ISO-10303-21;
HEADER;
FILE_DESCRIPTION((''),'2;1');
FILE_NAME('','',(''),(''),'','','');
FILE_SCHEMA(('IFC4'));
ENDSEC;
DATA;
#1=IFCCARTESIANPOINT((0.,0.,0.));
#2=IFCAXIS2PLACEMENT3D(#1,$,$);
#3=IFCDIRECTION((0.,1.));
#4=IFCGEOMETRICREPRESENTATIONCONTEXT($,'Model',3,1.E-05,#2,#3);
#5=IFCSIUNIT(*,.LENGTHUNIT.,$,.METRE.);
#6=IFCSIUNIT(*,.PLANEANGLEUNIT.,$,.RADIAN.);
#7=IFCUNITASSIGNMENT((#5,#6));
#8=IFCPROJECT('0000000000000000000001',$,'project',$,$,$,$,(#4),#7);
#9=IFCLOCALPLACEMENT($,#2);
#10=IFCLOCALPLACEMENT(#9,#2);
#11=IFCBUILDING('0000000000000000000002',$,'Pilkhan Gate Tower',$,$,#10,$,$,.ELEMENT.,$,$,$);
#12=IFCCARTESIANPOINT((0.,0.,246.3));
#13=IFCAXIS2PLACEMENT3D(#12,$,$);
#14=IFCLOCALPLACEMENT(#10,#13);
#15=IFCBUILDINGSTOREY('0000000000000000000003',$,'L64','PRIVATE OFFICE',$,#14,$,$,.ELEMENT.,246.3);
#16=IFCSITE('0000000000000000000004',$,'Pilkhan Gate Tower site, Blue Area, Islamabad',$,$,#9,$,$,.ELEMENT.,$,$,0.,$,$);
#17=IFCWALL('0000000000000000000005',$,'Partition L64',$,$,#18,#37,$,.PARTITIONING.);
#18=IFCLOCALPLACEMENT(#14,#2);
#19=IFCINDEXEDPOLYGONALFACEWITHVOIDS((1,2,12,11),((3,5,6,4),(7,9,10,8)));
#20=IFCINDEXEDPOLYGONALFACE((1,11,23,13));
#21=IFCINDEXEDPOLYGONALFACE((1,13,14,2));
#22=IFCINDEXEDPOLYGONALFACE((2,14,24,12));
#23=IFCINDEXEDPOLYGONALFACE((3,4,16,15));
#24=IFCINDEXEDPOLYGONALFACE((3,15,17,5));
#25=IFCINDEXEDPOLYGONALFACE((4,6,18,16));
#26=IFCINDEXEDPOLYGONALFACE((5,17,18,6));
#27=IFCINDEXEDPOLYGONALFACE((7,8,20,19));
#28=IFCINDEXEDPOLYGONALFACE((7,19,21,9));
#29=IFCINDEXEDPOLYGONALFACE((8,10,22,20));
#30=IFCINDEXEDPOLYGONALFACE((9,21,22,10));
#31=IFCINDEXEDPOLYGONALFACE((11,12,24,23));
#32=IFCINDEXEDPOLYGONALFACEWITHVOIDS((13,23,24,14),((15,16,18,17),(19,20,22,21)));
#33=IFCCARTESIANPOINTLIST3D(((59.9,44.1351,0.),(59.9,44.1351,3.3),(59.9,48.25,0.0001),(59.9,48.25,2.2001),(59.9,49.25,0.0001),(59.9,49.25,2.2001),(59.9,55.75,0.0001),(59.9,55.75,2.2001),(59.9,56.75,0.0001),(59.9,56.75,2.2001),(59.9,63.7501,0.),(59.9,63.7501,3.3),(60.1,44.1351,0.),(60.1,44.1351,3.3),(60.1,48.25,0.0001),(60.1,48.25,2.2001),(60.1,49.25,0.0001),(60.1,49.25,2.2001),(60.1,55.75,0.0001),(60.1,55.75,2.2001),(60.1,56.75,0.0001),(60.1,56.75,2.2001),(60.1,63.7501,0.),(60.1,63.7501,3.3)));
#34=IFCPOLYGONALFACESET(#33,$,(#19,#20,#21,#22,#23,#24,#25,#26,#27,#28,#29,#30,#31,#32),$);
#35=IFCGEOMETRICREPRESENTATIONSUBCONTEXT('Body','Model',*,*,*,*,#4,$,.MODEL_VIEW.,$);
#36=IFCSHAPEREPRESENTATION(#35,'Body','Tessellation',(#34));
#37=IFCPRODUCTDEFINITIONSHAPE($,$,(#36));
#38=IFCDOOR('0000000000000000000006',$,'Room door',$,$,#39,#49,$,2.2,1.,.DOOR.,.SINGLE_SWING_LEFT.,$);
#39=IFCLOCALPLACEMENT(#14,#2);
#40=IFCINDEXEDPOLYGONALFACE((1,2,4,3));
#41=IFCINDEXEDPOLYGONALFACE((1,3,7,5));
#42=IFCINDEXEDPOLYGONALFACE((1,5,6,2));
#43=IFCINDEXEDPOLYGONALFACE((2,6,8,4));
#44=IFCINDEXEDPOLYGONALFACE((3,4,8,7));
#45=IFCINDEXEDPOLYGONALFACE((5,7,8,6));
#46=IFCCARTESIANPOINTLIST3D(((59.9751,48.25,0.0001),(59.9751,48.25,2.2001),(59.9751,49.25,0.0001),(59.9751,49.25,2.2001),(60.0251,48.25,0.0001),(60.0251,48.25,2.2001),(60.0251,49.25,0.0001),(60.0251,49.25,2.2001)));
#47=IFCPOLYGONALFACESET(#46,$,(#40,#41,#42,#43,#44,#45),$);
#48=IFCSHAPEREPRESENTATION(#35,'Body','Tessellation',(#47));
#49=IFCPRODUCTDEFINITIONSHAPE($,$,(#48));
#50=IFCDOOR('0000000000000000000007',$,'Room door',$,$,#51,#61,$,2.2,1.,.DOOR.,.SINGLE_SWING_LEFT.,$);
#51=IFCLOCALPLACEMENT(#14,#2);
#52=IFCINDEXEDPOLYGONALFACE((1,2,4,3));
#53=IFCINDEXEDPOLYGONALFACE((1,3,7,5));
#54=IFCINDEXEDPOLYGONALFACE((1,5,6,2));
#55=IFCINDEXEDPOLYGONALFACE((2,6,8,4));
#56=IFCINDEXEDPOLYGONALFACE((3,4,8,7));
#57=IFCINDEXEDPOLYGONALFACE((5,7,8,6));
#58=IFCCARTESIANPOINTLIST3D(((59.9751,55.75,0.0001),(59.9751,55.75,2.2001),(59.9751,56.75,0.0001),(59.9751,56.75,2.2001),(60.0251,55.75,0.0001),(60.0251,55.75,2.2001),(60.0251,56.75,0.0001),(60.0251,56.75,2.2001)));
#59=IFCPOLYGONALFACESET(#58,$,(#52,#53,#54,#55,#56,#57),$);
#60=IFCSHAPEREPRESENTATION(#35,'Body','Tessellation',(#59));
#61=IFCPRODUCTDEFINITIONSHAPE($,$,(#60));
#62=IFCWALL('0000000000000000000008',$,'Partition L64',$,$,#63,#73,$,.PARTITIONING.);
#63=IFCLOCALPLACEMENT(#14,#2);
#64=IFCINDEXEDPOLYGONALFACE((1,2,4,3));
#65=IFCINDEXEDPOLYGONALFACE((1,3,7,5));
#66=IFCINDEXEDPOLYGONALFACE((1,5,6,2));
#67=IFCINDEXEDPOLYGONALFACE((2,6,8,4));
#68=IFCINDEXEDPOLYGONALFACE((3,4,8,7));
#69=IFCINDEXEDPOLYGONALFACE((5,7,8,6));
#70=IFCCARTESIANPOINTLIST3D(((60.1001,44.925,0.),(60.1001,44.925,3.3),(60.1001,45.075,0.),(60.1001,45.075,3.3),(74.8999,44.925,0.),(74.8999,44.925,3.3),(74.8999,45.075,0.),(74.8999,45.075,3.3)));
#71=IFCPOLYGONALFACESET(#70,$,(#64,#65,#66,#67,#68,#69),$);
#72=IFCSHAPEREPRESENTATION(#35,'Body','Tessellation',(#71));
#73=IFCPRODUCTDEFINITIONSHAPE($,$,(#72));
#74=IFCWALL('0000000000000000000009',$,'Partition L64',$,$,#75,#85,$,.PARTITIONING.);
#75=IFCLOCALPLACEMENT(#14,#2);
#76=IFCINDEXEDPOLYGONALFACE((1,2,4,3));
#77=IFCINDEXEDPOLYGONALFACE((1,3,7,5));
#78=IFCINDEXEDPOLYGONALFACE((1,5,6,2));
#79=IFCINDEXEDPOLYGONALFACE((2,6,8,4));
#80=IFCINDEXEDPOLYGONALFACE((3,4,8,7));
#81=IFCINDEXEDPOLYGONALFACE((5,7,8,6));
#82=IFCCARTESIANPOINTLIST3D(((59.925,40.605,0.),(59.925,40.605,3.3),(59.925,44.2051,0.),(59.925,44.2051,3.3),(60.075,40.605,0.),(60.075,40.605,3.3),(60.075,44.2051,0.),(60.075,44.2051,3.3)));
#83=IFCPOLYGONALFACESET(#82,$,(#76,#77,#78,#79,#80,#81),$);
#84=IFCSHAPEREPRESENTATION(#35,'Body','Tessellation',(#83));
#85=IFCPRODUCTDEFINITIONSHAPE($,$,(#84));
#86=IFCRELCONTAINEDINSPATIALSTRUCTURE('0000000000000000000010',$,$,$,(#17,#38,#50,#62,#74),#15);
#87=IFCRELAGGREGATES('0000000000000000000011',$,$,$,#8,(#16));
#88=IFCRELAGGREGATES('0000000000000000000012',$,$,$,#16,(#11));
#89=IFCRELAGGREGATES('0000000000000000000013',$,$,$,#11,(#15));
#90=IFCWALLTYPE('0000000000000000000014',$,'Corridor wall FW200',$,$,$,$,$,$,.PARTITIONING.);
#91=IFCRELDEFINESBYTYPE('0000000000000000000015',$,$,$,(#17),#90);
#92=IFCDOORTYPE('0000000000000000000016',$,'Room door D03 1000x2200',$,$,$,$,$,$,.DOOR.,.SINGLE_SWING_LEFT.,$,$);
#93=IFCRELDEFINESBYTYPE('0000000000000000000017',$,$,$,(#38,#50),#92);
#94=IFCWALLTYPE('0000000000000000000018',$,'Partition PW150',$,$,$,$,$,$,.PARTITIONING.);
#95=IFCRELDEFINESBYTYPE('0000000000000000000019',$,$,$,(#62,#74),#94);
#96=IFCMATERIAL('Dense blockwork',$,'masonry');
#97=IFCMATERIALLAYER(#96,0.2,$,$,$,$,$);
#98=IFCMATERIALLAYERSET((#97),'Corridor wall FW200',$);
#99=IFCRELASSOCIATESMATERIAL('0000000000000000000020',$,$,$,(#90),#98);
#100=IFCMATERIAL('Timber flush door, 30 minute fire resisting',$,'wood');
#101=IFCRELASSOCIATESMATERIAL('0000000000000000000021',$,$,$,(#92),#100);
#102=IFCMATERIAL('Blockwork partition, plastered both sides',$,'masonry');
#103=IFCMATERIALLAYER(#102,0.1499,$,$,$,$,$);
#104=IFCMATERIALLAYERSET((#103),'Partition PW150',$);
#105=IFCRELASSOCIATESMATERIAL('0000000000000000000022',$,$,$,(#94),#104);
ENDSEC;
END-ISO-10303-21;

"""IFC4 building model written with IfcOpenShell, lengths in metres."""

from ifc_helpers import new_model, si_unit, direction, frame, frame_2d, origin, place, context, subcontext, project, spatial, rectangle, extrude, material, layer, layer_set, type_object, element, fill, save


model = new_model("IFC4")

# Units and contexts
model_context = context("Model", 3, precision=1e-05, world=origin(), true_north=direction((0.0, 1.0)))
body_context = subcontext(model_context, "Body", "Model", "MODEL_VIEW")
ifc_project = project(units=[si_unit("LENGTHUNIT", "METRE"), si_unit("PLANEANGLEUNIT", "RADIAN")], contexts=[model_context])

# Site, building, storey
site_placement = place(None, origin())
site = spatial("IfcSite", under=ifc_project, at=site_placement, Name="Pilkhan Gate Tower site, Blue Area, Islamabad", CompositionType="ELEMENT", RefElevation=0.0)
building_placement = place(site_placement, origin())
building = spatial("IfcBuilding", under=site, at=building_placement, Name="Pilkhan Gate Tower", CompositionType="ELEMENT")
storey_placement = place(building_placement, frame((0.0, 0.0, 246.3)))
storey = spatial("IfcBuildingStorey", under=building, at=storey_placement, Name="L64", Description="PRIVATE OFFICE", CompositionType="ELEMENT", Elevation=246.3)

# Shared definitions
ifc_material_1 = material(Name="Dense blockwork", Category="masonry")
ifc_layer_1 = layer(ifc_material_1, 0.2)
ifc_layer_set_1 = layer_set([ifc_layer_1], Name="Corridor wall FW200")
wall_type_1 = type_object("IfcWallType", Name="Corridor wall FW200", PredefinedType="PARTITIONING", material=ifc_layer_set_1)

# Wall, openings, doors
wall_1_placement = place(storey_placement, frame((60.0, 44.135, 0.0), z_axis=(0.0, 0.0, 1.0), x_axis=(0.0, 1.0, 0.0)))
wall_1 = element("IfcWall", 1, at=wall_1_placement, inside=storey, type_object=wall_type_1, Name="Partition L64", PredefinedType="PARTITIONING", context=body_context, shape_type="SweptSolid", body=[
    extrude(rectangle(XDim=19.615, YDim=0.2, at=frame_2d((9.8076, 0.0))), origin(), (0.0, 0.0, 1.0), 3.3),
])
opening_1_placement = place(wall_1_placement, frame((4.115, 0.0, 0.0)))
opening_1 = element("IfcOpeningElement", 2, at=opening_1_placement, cuts=wall_1, PredefinedType="OPENING", context=body_context, shape_type="SweptSolid", body=[
    extrude(rectangle(XDim=1.0, YDim=2.2, at=frame_2d((0.5, 1.1001))), frame((0.0, 0.1099, 0.0), z_axis=(0.0, -1.0, 0.0), x_axis=(1.0, 0.0, 0.0)), (0.0, 0.0, 1.0), 0.22),
])
opening_2_placement = place(wall_1_placement, frame((11.615, 0.0, 0.0)))
opening_2 = element("IfcOpeningElement", 3, at=opening_2_placement, cuts=wall_1, PredefinedType="OPENING", context=body_context, shape_type="SweptSolid", body=[
    extrude(rectangle(XDim=1.0, YDim=2.2, at=frame_2d((0.5, 1.1001))), frame((0.0, 0.1099, 0.0), z_axis=(0.0, -1.0, 0.0), x_axis=(1.0, 0.0, 0.0)), (0.0, 0.0, 1.0), 0.22),
])
ifc_material_2 = material(Name="Timber flush door, 30 minute fire resisting", Category="wood")
door_type = type_object("IfcDoorType", Name="Room door D03 1000x2200", OperationType="SINGLE_SWING_LEFT", PredefinedType="DOOR", material=ifc_material_2)
door_1_placement = place(opening_1_placement, origin())
door_1 = element("IfcDoor", 4, at=door_1_placement, inside=storey, type_object=door_type, Name="Room door", OperationType="SINGLE_SWING_LEFT", OverallHeight=2.2, OverallWidth=1.0, PredefinedType="DOOR", context=body_context, shape_type="SweptSolid", body=[
    extrude(rectangle(XDim=1.0, YDim=2.2, at=frame_2d((0.5, 1.1001))), frame((0.0, 0.0249, 0.0), z_axis=(0.0, -1.0, 0.0), x_axis=(1.0, 0.0, 0.0)), (0.0, 0.0, 1.0), 0.05),
])
fill(opening_1, door_1)
door_2_placement = place(opening_2_placement, origin())
door_2 = element("IfcDoor", 5, at=door_2_placement, inside=storey, type_object=door_type, Name="Room door", OperationType="SINGLE_SWING_LEFT", OverallHeight=2.2, OverallWidth=1.0, PredefinedType="DOOR", context=body_context, shape_type="SweptSolid", body=[
    extrude(rectangle(XDim=1.0, YDim=2.2, at=frame_2d((0.5, 1.1001))), frame((0.0, 0.0249, 0.0), z_axis=(0.0, -1.0, 0.0), x_axis=(1.0, 0.0, 0.0)), (0.0, 0.0, 1.0), 0.05),
])
fill(opening_2, door_2)

# Walls
ifc_material_3 = material(Name="Blockwork partition, plastered both sides", Category="masonry")
ifc_layer_2 = layer(ifc_material_3, 0.1499)
ifc_layer_set_2 = layer_set([ifc_layer_2], Name="Partition PW150")
wall_type_2 = type_object("IfcWallType", Name="Partition PW150", PredefinedType="PARTITIONING", material=ifc_layer_set_2)
wall_2_placement = place(storey_placement, frame((60.1001, 45.0, 0.0), z_axis=(0.0, 0.0, 1.0), x_axis=(1.0, 0.0, 0.0)))
element("IfcWall", 6, at=wall_2_placement, inside=storey, type_object=wall_type_2, Name="Partition L64", PredefinedType="PARTITIONING", context=body_context, shape_type="SweptSolid", body=[
    extrude(rectangle(XDim=14.7998, YDim=0.1499, at=frame_2d((7.3999, 0.0))), origin(), (0.0, 0.0, 1.0), 3.3),
])
wall_3_placement = place(storey_placement, frame((60.0, 40.605, 0.0), z_axis=(0.0, 0.0, 1.0), x_axis=(0.0, 1.0, 0.0)))
element("IfcWall", 7, at=wall_3_placement, inside=storey, type_object=wall_type_2, Name="Partition L64", PredefinedType="PARTITIONING", context=body_context, shape_type="SweptSolid", body=[
    extrude(rectangle(XDim=3.6001, YDim=0.1499, at=frame_2d((1.8, 0.0))), origin(), (0.0, 0.0, 1.0), 3.3),
])

save(model, "model.ifc")
